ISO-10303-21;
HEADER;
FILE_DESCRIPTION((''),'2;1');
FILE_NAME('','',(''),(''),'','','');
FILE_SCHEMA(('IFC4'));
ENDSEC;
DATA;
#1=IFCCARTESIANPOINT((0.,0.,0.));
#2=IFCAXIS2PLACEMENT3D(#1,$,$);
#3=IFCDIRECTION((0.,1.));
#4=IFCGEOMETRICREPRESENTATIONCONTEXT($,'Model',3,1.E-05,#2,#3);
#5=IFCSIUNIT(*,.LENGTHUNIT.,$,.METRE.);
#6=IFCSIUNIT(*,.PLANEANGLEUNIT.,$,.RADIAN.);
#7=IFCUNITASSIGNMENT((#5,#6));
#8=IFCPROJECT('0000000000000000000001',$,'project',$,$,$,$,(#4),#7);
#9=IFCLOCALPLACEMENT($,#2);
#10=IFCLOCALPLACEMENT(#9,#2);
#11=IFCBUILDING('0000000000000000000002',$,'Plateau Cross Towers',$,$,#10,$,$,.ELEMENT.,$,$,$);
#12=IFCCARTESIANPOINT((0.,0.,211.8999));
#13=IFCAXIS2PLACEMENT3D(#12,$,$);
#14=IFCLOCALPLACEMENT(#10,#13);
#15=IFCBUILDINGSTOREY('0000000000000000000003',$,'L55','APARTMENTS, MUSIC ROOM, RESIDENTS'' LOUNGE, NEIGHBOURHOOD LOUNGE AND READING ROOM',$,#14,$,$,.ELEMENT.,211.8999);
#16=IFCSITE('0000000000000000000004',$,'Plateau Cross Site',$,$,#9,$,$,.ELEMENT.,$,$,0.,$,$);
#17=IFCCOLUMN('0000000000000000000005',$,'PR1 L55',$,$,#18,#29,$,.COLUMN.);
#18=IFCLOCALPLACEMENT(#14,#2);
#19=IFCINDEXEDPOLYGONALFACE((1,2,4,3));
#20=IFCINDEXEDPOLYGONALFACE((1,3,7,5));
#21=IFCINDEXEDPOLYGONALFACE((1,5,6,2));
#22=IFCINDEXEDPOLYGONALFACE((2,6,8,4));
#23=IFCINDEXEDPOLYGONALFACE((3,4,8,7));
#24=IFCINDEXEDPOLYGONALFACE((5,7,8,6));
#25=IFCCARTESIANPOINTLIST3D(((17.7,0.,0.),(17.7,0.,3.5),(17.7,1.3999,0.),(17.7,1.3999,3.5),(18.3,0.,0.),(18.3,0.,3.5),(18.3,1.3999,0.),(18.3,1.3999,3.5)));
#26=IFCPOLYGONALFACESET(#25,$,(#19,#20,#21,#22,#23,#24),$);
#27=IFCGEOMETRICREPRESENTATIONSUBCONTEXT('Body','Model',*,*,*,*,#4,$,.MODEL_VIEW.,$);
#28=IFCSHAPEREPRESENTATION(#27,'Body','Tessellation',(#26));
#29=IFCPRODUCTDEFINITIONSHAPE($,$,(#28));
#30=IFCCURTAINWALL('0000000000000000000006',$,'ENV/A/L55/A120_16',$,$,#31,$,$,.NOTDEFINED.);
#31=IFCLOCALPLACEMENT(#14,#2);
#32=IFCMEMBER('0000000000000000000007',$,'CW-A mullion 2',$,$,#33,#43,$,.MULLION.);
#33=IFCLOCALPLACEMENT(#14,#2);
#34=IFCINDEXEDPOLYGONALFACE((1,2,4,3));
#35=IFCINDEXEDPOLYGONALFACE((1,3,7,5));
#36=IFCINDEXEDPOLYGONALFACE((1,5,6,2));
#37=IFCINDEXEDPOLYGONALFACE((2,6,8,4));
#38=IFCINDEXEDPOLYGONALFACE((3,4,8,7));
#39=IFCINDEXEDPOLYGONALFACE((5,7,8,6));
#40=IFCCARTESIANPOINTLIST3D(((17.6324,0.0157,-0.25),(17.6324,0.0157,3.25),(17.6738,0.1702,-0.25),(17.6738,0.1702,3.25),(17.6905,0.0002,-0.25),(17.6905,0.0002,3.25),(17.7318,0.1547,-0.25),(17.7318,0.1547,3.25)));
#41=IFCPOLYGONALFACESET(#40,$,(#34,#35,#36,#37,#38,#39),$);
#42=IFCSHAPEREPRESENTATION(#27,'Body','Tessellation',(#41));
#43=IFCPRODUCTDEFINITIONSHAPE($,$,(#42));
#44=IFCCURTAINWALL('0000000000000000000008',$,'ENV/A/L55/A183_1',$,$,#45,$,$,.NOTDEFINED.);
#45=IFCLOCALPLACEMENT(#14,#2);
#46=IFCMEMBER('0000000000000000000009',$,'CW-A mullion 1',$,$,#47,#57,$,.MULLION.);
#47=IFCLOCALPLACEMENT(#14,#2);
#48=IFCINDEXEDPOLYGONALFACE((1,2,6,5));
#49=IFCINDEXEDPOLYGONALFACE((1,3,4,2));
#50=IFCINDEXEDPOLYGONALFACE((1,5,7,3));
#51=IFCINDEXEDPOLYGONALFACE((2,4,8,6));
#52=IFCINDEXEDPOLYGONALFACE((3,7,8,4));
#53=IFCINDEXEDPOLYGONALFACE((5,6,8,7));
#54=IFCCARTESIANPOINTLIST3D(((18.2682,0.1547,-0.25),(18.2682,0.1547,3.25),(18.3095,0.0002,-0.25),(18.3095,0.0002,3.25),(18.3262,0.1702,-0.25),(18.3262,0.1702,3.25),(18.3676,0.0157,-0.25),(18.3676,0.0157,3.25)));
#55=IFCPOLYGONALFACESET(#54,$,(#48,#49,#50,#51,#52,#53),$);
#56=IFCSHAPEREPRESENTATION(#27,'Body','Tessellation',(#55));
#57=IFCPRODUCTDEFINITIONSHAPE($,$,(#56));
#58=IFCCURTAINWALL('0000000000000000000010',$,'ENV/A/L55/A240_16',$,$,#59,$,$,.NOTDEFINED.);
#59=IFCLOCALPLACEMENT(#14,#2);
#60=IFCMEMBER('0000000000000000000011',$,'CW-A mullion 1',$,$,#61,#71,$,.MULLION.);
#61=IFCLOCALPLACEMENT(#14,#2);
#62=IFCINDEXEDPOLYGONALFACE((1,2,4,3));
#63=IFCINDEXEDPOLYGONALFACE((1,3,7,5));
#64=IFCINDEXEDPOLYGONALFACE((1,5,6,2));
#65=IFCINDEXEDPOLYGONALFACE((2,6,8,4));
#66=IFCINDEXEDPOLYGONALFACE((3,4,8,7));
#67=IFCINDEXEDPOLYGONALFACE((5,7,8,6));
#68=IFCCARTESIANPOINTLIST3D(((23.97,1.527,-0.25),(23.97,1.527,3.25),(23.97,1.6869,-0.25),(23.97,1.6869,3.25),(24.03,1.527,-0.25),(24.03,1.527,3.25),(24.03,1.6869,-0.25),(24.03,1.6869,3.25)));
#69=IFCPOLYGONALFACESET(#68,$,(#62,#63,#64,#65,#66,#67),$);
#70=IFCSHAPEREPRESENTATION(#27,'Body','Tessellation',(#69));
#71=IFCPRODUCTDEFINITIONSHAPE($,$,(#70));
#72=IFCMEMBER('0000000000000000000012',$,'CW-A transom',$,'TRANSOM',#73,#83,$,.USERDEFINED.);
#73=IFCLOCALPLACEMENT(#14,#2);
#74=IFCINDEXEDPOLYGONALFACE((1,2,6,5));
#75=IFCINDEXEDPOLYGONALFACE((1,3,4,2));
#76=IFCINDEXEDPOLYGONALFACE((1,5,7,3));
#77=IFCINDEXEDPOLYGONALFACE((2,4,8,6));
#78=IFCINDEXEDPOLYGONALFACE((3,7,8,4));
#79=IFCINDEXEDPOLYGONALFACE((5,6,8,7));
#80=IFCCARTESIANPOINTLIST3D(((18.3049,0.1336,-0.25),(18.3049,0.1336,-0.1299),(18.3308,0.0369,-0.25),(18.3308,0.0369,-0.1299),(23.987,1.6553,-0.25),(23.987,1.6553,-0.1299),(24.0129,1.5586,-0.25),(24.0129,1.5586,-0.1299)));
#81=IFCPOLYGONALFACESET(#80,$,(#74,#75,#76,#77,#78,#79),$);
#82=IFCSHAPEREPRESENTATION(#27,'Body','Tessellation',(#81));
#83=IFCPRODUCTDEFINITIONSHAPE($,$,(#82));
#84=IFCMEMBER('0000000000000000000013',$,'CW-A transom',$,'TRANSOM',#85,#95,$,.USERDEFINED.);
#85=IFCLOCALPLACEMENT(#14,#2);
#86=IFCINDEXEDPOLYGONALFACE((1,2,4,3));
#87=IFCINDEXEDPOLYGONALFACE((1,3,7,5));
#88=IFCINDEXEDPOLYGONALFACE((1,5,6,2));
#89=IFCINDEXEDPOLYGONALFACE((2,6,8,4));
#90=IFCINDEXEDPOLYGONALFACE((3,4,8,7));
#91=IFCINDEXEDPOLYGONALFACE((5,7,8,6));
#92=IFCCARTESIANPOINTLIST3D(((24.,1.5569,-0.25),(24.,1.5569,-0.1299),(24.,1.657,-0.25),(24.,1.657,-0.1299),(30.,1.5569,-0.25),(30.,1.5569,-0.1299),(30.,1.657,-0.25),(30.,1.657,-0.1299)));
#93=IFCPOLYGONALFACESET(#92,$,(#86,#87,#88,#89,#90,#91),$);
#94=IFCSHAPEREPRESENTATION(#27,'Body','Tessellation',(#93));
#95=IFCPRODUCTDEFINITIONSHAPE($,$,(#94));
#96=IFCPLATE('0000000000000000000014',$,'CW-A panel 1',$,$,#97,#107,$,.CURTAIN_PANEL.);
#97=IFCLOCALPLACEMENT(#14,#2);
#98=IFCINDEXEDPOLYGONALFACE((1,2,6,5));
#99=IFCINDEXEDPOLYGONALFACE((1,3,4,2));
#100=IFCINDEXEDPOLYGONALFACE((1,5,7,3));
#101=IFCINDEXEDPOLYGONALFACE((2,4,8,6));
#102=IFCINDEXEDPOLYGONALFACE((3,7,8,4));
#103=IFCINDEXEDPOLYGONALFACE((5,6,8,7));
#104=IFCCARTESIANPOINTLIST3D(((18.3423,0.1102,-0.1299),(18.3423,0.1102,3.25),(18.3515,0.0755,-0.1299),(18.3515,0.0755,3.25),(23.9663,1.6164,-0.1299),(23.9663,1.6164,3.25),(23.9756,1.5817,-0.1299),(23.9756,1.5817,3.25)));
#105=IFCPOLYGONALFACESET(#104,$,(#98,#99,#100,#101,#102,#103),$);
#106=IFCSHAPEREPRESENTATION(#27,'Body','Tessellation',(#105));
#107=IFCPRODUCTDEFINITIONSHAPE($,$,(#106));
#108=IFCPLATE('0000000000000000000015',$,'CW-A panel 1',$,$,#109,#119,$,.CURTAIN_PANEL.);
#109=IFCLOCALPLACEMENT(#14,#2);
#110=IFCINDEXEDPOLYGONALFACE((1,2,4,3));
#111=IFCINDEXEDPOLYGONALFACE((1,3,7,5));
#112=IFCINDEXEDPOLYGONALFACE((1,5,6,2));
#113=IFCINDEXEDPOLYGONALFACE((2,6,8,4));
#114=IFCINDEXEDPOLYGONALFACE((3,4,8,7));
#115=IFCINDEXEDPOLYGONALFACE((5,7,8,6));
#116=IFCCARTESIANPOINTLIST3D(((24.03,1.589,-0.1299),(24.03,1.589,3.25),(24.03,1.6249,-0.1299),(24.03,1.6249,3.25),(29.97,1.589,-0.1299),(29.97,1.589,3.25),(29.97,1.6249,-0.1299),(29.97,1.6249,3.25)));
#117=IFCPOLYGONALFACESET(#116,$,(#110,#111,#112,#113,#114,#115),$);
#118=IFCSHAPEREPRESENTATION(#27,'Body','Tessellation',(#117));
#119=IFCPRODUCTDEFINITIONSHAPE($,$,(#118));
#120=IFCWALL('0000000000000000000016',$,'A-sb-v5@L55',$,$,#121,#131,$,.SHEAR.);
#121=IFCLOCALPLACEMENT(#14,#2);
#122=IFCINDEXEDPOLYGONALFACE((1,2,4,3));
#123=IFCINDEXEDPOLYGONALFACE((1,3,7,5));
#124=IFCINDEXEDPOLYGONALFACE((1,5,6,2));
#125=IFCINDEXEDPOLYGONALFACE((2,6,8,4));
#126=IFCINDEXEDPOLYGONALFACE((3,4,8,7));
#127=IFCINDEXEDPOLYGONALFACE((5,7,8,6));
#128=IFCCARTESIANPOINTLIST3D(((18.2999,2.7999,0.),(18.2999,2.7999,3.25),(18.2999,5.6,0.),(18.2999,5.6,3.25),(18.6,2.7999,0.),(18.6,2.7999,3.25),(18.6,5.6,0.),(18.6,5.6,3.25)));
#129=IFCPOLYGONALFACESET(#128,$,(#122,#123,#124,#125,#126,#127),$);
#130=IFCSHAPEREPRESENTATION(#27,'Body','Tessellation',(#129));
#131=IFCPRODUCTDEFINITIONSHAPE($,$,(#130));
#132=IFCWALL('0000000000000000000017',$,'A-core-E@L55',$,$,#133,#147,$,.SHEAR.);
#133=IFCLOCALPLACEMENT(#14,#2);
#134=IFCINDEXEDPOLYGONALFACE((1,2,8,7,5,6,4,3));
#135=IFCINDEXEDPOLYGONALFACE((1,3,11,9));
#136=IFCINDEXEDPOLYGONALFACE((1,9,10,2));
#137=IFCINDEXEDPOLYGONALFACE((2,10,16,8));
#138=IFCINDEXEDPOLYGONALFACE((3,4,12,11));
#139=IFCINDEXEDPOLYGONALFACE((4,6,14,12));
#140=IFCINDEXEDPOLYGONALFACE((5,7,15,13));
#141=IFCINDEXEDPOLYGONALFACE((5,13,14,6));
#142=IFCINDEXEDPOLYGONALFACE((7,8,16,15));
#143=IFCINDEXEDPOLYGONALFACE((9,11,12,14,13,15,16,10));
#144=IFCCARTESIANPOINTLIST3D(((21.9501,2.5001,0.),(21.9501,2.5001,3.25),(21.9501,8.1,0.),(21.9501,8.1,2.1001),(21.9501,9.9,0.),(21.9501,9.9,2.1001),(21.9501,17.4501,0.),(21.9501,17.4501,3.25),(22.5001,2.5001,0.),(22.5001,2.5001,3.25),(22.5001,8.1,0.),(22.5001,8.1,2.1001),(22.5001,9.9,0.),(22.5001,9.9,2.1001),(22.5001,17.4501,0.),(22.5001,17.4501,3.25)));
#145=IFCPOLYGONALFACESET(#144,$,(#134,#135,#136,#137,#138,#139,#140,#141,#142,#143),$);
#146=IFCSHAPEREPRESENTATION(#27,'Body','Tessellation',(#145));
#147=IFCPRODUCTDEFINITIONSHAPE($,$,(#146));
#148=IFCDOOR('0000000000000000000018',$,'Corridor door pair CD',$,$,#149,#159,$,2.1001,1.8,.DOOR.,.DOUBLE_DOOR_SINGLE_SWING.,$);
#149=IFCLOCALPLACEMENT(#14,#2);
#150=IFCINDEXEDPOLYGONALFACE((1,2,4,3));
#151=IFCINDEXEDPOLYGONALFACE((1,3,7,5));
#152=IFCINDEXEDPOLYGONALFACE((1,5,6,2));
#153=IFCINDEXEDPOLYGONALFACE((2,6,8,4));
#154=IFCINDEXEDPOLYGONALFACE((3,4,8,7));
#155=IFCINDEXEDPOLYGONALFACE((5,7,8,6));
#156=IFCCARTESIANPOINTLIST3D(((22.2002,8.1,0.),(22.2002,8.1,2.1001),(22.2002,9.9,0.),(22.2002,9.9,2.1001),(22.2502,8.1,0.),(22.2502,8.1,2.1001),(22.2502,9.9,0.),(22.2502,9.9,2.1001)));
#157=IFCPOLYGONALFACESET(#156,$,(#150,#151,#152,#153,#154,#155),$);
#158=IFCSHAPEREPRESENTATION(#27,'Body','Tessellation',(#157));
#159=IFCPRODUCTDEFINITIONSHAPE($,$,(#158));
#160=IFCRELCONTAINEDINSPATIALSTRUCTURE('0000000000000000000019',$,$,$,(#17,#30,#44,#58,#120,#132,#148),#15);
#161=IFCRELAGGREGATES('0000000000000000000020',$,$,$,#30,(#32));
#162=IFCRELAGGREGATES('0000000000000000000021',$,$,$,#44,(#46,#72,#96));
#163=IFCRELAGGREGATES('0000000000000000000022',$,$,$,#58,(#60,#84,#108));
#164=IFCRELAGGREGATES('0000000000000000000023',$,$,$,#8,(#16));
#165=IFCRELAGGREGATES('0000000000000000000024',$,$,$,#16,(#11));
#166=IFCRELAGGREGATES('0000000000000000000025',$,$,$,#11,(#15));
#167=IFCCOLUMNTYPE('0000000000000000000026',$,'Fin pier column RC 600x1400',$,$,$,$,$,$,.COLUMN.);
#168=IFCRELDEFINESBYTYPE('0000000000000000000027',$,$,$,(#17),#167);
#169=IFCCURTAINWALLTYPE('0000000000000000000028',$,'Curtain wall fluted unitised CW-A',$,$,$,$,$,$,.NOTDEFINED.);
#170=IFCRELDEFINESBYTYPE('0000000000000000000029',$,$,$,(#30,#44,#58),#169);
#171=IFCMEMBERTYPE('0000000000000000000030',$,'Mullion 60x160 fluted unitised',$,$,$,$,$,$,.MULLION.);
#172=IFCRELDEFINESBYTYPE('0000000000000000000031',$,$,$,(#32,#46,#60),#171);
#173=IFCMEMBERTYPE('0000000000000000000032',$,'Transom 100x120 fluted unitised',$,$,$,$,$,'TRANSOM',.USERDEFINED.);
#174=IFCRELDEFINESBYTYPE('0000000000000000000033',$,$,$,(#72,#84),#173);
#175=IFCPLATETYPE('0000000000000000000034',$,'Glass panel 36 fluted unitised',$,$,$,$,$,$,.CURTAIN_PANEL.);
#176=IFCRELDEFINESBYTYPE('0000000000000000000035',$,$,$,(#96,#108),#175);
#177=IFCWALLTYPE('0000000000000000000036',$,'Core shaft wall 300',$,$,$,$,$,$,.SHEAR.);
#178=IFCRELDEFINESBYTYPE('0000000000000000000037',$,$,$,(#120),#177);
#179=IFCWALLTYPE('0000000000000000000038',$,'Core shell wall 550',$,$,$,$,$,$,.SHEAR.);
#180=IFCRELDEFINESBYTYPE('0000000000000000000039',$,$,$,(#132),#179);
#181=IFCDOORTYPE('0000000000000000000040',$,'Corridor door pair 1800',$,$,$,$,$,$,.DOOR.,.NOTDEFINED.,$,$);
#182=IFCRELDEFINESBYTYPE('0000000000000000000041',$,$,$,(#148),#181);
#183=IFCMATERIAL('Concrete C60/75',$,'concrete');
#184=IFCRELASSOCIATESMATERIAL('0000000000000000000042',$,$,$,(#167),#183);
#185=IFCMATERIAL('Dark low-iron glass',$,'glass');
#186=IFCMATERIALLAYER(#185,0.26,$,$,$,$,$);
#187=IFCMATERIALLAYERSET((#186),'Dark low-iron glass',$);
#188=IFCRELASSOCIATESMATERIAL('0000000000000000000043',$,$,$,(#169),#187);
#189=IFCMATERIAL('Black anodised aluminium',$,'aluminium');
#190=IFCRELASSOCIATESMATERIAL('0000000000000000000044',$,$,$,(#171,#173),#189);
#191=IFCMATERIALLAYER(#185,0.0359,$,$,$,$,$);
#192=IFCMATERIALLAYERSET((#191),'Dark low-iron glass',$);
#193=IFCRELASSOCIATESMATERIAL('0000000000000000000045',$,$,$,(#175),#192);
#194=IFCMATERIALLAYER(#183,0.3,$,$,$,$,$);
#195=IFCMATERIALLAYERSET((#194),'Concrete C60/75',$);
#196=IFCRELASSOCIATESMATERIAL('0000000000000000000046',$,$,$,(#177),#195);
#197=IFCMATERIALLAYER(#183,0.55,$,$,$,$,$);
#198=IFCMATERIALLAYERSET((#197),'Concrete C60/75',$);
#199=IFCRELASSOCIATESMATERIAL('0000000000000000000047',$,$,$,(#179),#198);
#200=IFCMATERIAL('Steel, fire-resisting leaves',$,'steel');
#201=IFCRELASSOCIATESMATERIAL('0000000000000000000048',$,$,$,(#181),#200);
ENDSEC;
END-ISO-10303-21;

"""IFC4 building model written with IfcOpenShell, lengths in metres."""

from ifc_helpers import new_model, si_unit, direction, frame, frame_2d, origin, origin_2d, place, context, subcontext, project, spatial, rectangle, extrude, material, layer, layer_set, material_profile, profile_set, type_object, element, fill, aggregate, save


model = new_model("IFC4")

# Units and contexts
model_context = context("Model", 3, precision=1e-05, world=origin(), true_north=direction((0.0, 1.0)))
body_context = subcontext(model_context, "Body", "Model", "MODEL_VIEW")
ifc_project = project(units=[si_unit("LENGTHUNIT", "METRE"), si_unit("PLANEANGLEUNIT", "RADIAN")], contexts=[model_context])

# Site, building, storey
site_placement = place(None, origin())
site = spatial("IfcSite", under=ifc_project, at=site_placement, Name="Plateau Cross Site", CompositionType="ELEMENT", RefElevation=0.0)
building_placement = place(site_placement, origin())
building = spatial("IfcBuilding", under=site, at=building_placement, Name="Plateau Cross Towers", CompositionType="ELEMENT")
storey_placement = place(building_placement, frame((0.0, 0.0, 211.8999)))
storey = spatial("IfcBuildingStorey", under=building, at=storey_placement, Name="L55", Description="APARTMENTS, MUSIC ROOM, RESIDENTS' LOUNGE, NEIGHBOURHOOD LOUNGE AND READING ROOM", CompositionType="ELEMENT", Elevation=211.8999)

# Column
ifc_material_1 = material(Name="Concrete C60/75", Category="concrete")
ifc_material_profile_1 = material_profile(ifc_material_1, rectangle(XDim=0.6001, YDim=1.3999, at=origin_2d()), Name="RC 600x1400")
ifc_profile_set_1 = profile_set([ifc_material_profile_1], Name="Concrete C60/75")
column_type = type_object("IfcColumnType", Name="Fin pier column RC 600x1400", PredefinedType="COLUMN", material=ifc_profile_set_1)
column_placement = place(storey_placement, frame((18.0, 0.7, 0.0), z_axis=(0.0, 0.0, 1.0), x_axis=(1.0, 0.0, 0.0)))
element("IfcColumn", 1, at=column_placement, inside=storey, type_object=column_type, Name="PR1 L55", PredefinedType="COLUMN", context=body_context, shape_type="SweptSolid", body=[
    extrude(rectangle(XDim=0.6001, YDim=1.3999, at=origin_2d()), origin(), (0.0, 0.0, 1.0), 3.5),
])

# Curtain walls, members
ifc_material_2 = material(Name="Dark low-iron glass", Category="glass")
ifc_layer_1 = layer(ifc_material_2, 0.26)
ifc_layer_set_1 = layer_set([ifc_layer_1], Name="Dark low-iron glass")
curtain_wall_type = type_object("IfcCurtainWallType", Name="Curtain wall fluted unitised CW-A", PredefinedType="NOTDEFINED", material=ifc_layer_set_1)
curtain_wall_1_placement = place(storey_placement, origin())
curtain_wall_1 = element("IfcCurtainWall", 2, at=curtain_wall_1_placement, inside=storey, type_object=curtain_wall_type, Name="ENV/A/L55/A120_16", PredefinedType="NOTDEFINED")
ifc_material_3 = material(Name="Black anodised aluminium", Category="aluminium")
ifc_material_profile_2 = material_profile(ifc_material_3, rectangle(XDim=0.0601, YDim=0.1599, at=origin_2d()), Name="MULLION 60x160")
ifc_profile_set_2 = profile_set([ifc_material_profile_2], Name="Black anodised aluminium")
member_type_1 = type_object("IfcMemberType", Name="Mullion 60x160 fluted unitised", PredefinedType="MULLION", material=ifc_profile_set_2)
member_1_placement = place(storey_placement, frame((17.6821, 0.0852, -0.25), z_axis=(0.0, 0.0, 1.0), x_axis=(0.965958, -0.258699, 0.0)))
member_1 = element("IfcMember", 3, at=member_1_placement, type_object=member_type_1, Name="CW-A mullion 2", PredefinedType="MULLION", context=body_context, shape_type="SweptSolid", body=[
    extrude(rectangle(XDim=0.0601, YDim=0.1599, at=origin_2d()), origin(), (0.0, 0.0, 1.0), 3.5),
])
aggregate(curtain_wall_1, [member_1])
curtain_wall_2_placement = place(storey_placement, origin())
curtain_wall_2 = element("IfcCurtainWall", 4, at=curtain_wall_2_placement, inside=storey, type_object=curtain_wall_type, Name="ENV/A/L55/A183_1", PredefinedType="NOTDEFINED")
member_2_placement = place(storey_placement, frame((18.3179, 0.0852, -0.25), z_axis=(0.0, 0.0, 1.0), x_axis=(0.965958, 0.258699, 0.0)))
member_2 = element("IfcMember", 5, at=member_2_placement, type_object=member_type_1, Name="CW-A mullion 1", PredefinedType="MULLION", context=body_context, shape_type="SweptSolid", body=[
    extrude(rectangle(XDim=0.0601, YDim=0.1599, at=origin_2d()), origin(), (0.0, 0.0, 1.0), 3.5),
])
curtain_wall_3_placement = place(storey_placement, origin())
curtain_wall_3 = element("IfcCurtainWall", 6, at=curtain_wall_3_placement, inside=storey, type_object=curtain_wall_type, Name="ENV/A/L55/A240_16", PredefinedType="NOTDEFINED")
member_3_placement = place(storey_placement, frame((24.0, 1.6069, -0.25), z_axis=(0.0, 0.0, 1.0), x_axis=(1.0, 0.0, 0.0)))
member_3 = element("IfcMember", 7, at=member_3_placement, type_object=member_type_1, Name="CW-A mullion 1", PredefinedType="MULLION", context=body_context, shape_type="SweptSolid", body=[
    extrude(rectangle(XDim=0.0601, YDim=0.1599, at=origin_2d()), origin(), (0.0, 0.0, 1.0), 3.5),
])

# Members
ifc_material_profile_3 = material_profile(ifc_material_3, rectangle(XDim=0.1001, YDim=0.1201, at=origin_2d()), Name="TRANSOM 100x120")
ifc_profile_set_3 = profile_set([ifc_material_profile_3], Name="Black anodised aluminium")
member_type_2 = type_object("IfcMemberType", Name="Transom 100x120 fluted unitised", ElementType="TRANSOM", PredefinedType="USERDEFINED", material=ifc_profile_set_3)
member_4_placement = place(storey_placement, frame((18.3179, 0.0852, -0.1899), z_axis=(0.96596, 0.258693, 0.0), x_axis=(-0.258693, 0.96596, 0.0)))
member_4 = element("IfcMember", 8, at=member_4_placement, type_object=member_type_2, Name="CW-A transom", ObjectType="TRANSOM", PredefinedType="USERDEFINED", context=body_context, shape_type="SweptSolid", body=[
    extrude(rectangle(XDim=0.1001, YDim=0.1201, at=origin_2d()), origin(), (0.0, 0.0, 1.0), 5.8823),
])
member_5_placement = place(storey_placement, frame((24.0, 1.6069, -0.1899), z_axis=(1.0, 0.0, 0.0), x_axis=(0.0, 1.0, 0.0)))
member_5 = element("IfcMember", 9, at=member_5_placement, type_object=member_type_2, Name="CW-A transom", ObjectType="TRANSOM", PredefinedType="USERDEFINED", context=body_context, shape_type="SweptSolid", body=[
    extrude(rectangle(XDim=0.1001, YDim=0.1201, at=origin_2d()), origin(), (0.0, 0.0, 1.0), 6.0),
])

# Plates
ifc_layer_2 = layer(ifc_material_2, 0.0359)
ifc_layer_set_2 = layer_set([ifc_layer_2], Name="Dark low-iron glass")
plate_type = type_object("IfcPlateType", Name="Glass panel 36 fluted unitised", PredefinedType="CURTAIN_PANEL", material=ifc_layer_set_2)
plate_1_placement = place(storey_placement, frame((21.1589, 0.8459, -0.1299), z_axis=(0.0, 0.0, 1.0), x_axis=(0.965958, 0.258699, 0.0)))
plate_1 = element("IfcPlate", 10, at=plate_1_placement, type_object=plate_type, Name="CW-A panel 1", PredefinedType="CURTAIN_PANEL", context=body_context, shape_type="SweptSolid", body=[
    extrude(rectangle(XDim=5.8223, YDim=0.0359, at=origin_2d()), origin(), (0.0, 0.0, 1.0), 3.3799),
])
aggregate(curtain_wall_2, [member_2, member_4, plate_1])
plate_2_placement = place(storey_placement, frame((27.0, 1.6069, -0.1299), z_axis=(0.0, 0.0, 1.0), x_axis=(1.0, 0.0, 0.0)))
plate_2 = element("IfcPlate", 11, at=plate_2_placement, type_object=plate_type, Name="CW-A panel 1", PredefinedType="CURTAIN_PANEL", context=body_context, shape_type="SweptSolid", body=[
    extrude(rectangle(XDim=5.9399, YDim=0.0359, at=origin_2d()), origin(), (0.0, 0.0, 1.0), 3.3799),
])
aggregate(curtain_wall_3, [member_3, member_5, plate_2])

# Wall
ifc_layer_3 = layer(ifc_material_1, 0.3)
ifc_layer_set_3 = layer_set([ifc_layer_3], Name="Concrete C60/75")
wall_type_1 = type_object("IfcWallType", Name="Core shaft wall 300", PredefinedType="SHEAR", material=ifc_layer_set_3)
wall_1_placement = place(storey_placement, frame((18.45, 2.8, 0.0), z_axis=(0.0, 0.0, 1.0), x_axis=(0.0, 1.0, 0.0)))
element("IfcWall", 12, at=wall_1_placement, inside=storey, type_object=wall_type_1, Name="A-sb-v5@L55", PredefinedType="SHEAR", context=body_context, shape_type="SweptSolid", body=[
    extrude(rectangle(XDim=2.8, YDim=0.3, at=frame_2d((1.3999, 0.0))), origin(), (0.0, 0.0, 1.0), 3.25),
])

# Wall, opening, door
ifc_layer_4 = layer(ifc_material_1, 0.55)
ifc_layer_set_4 = layer_set([ifc_layer_4], Name="Concrete C60/75")
wall_type_2 = type_object("IfcWallType", Name="Core shell wall 550", PredefinedType="SHEAR", material=ifc_layer_set_4)
wall_2_placement = place(storey_placement, frame((22.2251, 2.5, 0.0), z_axis=(0.0, 0.0, 1.0), x_axis=(0.0, 1.0, 0.0)))
wall_2 = element("IfcWall", 13, at=wall_2_placement, inside=storey, type_object=wall_type_2, Name="A-core-E@L55", PredefinedType="SHEAR", context=body_context, shape_type="SweptSolid", body=[
    extrude(rectangle(XDim=14.95, YDim=0.55, at=frame_2d((7.4751, 0.0))), origin(), (0.0, 0.0, 1.0), 3.25),
])
opening_placement = place(wall_2_placement, frame((5.6001, 0.0, 0.0)))
opening = element("IfcOpeningElement", 14, at=opening_placement, cuts=wall_2, PredefinedType="OPENING", context=body_context, shape_type="SweptSolid", body=[
    extrude(rectangle(XDim=1.8, YDim=2.1001, at=frame_2d((0.8999, 1.05))), frame((0.0, 0.2849, 0.0), z_axis=(0.0, -1.0, 0.0), x_axis=(1.0, 0.0, 0.0)), (0.0, 0.0, 1.0), 0.5701),
])
ifc_material_4 = material(Name="Steel, fire-resisting leaves", Category="steel")
door_type = type_object("IfcDoorType", Name="Corridor door pair 1800", OperationType="NOTDEFINED", PredefinedType="DOOR", material=ifc_material_4)
door_placement = place(opening_placement, origin())
door = element("IfcDoor", 15, at=door_placement, inside=storey, type_object=door_type, Name="Corridor door pair CD", OperationType="DOUBLE_DOOR_SINGLE_SWING", OverallHeight=2.1001, OverallWidth=1.8, PredefinedType="DOOR", context=body_context, shape_type="SweptSolid", body=[
    extrude(rectangle(XDim=1.8, YDim=2.1001, at=frame_2d((0.8999, 1.05))), frame((0.0, 0.0249, 0.0), z_axis=(0.0, -1.0, 0.0), x_axis=(1.0, 0.0, 0.0)), (0.0, 0.0, 1.0), 0.05),
])
fill(opening, door)

save(model, "model.ifc")
